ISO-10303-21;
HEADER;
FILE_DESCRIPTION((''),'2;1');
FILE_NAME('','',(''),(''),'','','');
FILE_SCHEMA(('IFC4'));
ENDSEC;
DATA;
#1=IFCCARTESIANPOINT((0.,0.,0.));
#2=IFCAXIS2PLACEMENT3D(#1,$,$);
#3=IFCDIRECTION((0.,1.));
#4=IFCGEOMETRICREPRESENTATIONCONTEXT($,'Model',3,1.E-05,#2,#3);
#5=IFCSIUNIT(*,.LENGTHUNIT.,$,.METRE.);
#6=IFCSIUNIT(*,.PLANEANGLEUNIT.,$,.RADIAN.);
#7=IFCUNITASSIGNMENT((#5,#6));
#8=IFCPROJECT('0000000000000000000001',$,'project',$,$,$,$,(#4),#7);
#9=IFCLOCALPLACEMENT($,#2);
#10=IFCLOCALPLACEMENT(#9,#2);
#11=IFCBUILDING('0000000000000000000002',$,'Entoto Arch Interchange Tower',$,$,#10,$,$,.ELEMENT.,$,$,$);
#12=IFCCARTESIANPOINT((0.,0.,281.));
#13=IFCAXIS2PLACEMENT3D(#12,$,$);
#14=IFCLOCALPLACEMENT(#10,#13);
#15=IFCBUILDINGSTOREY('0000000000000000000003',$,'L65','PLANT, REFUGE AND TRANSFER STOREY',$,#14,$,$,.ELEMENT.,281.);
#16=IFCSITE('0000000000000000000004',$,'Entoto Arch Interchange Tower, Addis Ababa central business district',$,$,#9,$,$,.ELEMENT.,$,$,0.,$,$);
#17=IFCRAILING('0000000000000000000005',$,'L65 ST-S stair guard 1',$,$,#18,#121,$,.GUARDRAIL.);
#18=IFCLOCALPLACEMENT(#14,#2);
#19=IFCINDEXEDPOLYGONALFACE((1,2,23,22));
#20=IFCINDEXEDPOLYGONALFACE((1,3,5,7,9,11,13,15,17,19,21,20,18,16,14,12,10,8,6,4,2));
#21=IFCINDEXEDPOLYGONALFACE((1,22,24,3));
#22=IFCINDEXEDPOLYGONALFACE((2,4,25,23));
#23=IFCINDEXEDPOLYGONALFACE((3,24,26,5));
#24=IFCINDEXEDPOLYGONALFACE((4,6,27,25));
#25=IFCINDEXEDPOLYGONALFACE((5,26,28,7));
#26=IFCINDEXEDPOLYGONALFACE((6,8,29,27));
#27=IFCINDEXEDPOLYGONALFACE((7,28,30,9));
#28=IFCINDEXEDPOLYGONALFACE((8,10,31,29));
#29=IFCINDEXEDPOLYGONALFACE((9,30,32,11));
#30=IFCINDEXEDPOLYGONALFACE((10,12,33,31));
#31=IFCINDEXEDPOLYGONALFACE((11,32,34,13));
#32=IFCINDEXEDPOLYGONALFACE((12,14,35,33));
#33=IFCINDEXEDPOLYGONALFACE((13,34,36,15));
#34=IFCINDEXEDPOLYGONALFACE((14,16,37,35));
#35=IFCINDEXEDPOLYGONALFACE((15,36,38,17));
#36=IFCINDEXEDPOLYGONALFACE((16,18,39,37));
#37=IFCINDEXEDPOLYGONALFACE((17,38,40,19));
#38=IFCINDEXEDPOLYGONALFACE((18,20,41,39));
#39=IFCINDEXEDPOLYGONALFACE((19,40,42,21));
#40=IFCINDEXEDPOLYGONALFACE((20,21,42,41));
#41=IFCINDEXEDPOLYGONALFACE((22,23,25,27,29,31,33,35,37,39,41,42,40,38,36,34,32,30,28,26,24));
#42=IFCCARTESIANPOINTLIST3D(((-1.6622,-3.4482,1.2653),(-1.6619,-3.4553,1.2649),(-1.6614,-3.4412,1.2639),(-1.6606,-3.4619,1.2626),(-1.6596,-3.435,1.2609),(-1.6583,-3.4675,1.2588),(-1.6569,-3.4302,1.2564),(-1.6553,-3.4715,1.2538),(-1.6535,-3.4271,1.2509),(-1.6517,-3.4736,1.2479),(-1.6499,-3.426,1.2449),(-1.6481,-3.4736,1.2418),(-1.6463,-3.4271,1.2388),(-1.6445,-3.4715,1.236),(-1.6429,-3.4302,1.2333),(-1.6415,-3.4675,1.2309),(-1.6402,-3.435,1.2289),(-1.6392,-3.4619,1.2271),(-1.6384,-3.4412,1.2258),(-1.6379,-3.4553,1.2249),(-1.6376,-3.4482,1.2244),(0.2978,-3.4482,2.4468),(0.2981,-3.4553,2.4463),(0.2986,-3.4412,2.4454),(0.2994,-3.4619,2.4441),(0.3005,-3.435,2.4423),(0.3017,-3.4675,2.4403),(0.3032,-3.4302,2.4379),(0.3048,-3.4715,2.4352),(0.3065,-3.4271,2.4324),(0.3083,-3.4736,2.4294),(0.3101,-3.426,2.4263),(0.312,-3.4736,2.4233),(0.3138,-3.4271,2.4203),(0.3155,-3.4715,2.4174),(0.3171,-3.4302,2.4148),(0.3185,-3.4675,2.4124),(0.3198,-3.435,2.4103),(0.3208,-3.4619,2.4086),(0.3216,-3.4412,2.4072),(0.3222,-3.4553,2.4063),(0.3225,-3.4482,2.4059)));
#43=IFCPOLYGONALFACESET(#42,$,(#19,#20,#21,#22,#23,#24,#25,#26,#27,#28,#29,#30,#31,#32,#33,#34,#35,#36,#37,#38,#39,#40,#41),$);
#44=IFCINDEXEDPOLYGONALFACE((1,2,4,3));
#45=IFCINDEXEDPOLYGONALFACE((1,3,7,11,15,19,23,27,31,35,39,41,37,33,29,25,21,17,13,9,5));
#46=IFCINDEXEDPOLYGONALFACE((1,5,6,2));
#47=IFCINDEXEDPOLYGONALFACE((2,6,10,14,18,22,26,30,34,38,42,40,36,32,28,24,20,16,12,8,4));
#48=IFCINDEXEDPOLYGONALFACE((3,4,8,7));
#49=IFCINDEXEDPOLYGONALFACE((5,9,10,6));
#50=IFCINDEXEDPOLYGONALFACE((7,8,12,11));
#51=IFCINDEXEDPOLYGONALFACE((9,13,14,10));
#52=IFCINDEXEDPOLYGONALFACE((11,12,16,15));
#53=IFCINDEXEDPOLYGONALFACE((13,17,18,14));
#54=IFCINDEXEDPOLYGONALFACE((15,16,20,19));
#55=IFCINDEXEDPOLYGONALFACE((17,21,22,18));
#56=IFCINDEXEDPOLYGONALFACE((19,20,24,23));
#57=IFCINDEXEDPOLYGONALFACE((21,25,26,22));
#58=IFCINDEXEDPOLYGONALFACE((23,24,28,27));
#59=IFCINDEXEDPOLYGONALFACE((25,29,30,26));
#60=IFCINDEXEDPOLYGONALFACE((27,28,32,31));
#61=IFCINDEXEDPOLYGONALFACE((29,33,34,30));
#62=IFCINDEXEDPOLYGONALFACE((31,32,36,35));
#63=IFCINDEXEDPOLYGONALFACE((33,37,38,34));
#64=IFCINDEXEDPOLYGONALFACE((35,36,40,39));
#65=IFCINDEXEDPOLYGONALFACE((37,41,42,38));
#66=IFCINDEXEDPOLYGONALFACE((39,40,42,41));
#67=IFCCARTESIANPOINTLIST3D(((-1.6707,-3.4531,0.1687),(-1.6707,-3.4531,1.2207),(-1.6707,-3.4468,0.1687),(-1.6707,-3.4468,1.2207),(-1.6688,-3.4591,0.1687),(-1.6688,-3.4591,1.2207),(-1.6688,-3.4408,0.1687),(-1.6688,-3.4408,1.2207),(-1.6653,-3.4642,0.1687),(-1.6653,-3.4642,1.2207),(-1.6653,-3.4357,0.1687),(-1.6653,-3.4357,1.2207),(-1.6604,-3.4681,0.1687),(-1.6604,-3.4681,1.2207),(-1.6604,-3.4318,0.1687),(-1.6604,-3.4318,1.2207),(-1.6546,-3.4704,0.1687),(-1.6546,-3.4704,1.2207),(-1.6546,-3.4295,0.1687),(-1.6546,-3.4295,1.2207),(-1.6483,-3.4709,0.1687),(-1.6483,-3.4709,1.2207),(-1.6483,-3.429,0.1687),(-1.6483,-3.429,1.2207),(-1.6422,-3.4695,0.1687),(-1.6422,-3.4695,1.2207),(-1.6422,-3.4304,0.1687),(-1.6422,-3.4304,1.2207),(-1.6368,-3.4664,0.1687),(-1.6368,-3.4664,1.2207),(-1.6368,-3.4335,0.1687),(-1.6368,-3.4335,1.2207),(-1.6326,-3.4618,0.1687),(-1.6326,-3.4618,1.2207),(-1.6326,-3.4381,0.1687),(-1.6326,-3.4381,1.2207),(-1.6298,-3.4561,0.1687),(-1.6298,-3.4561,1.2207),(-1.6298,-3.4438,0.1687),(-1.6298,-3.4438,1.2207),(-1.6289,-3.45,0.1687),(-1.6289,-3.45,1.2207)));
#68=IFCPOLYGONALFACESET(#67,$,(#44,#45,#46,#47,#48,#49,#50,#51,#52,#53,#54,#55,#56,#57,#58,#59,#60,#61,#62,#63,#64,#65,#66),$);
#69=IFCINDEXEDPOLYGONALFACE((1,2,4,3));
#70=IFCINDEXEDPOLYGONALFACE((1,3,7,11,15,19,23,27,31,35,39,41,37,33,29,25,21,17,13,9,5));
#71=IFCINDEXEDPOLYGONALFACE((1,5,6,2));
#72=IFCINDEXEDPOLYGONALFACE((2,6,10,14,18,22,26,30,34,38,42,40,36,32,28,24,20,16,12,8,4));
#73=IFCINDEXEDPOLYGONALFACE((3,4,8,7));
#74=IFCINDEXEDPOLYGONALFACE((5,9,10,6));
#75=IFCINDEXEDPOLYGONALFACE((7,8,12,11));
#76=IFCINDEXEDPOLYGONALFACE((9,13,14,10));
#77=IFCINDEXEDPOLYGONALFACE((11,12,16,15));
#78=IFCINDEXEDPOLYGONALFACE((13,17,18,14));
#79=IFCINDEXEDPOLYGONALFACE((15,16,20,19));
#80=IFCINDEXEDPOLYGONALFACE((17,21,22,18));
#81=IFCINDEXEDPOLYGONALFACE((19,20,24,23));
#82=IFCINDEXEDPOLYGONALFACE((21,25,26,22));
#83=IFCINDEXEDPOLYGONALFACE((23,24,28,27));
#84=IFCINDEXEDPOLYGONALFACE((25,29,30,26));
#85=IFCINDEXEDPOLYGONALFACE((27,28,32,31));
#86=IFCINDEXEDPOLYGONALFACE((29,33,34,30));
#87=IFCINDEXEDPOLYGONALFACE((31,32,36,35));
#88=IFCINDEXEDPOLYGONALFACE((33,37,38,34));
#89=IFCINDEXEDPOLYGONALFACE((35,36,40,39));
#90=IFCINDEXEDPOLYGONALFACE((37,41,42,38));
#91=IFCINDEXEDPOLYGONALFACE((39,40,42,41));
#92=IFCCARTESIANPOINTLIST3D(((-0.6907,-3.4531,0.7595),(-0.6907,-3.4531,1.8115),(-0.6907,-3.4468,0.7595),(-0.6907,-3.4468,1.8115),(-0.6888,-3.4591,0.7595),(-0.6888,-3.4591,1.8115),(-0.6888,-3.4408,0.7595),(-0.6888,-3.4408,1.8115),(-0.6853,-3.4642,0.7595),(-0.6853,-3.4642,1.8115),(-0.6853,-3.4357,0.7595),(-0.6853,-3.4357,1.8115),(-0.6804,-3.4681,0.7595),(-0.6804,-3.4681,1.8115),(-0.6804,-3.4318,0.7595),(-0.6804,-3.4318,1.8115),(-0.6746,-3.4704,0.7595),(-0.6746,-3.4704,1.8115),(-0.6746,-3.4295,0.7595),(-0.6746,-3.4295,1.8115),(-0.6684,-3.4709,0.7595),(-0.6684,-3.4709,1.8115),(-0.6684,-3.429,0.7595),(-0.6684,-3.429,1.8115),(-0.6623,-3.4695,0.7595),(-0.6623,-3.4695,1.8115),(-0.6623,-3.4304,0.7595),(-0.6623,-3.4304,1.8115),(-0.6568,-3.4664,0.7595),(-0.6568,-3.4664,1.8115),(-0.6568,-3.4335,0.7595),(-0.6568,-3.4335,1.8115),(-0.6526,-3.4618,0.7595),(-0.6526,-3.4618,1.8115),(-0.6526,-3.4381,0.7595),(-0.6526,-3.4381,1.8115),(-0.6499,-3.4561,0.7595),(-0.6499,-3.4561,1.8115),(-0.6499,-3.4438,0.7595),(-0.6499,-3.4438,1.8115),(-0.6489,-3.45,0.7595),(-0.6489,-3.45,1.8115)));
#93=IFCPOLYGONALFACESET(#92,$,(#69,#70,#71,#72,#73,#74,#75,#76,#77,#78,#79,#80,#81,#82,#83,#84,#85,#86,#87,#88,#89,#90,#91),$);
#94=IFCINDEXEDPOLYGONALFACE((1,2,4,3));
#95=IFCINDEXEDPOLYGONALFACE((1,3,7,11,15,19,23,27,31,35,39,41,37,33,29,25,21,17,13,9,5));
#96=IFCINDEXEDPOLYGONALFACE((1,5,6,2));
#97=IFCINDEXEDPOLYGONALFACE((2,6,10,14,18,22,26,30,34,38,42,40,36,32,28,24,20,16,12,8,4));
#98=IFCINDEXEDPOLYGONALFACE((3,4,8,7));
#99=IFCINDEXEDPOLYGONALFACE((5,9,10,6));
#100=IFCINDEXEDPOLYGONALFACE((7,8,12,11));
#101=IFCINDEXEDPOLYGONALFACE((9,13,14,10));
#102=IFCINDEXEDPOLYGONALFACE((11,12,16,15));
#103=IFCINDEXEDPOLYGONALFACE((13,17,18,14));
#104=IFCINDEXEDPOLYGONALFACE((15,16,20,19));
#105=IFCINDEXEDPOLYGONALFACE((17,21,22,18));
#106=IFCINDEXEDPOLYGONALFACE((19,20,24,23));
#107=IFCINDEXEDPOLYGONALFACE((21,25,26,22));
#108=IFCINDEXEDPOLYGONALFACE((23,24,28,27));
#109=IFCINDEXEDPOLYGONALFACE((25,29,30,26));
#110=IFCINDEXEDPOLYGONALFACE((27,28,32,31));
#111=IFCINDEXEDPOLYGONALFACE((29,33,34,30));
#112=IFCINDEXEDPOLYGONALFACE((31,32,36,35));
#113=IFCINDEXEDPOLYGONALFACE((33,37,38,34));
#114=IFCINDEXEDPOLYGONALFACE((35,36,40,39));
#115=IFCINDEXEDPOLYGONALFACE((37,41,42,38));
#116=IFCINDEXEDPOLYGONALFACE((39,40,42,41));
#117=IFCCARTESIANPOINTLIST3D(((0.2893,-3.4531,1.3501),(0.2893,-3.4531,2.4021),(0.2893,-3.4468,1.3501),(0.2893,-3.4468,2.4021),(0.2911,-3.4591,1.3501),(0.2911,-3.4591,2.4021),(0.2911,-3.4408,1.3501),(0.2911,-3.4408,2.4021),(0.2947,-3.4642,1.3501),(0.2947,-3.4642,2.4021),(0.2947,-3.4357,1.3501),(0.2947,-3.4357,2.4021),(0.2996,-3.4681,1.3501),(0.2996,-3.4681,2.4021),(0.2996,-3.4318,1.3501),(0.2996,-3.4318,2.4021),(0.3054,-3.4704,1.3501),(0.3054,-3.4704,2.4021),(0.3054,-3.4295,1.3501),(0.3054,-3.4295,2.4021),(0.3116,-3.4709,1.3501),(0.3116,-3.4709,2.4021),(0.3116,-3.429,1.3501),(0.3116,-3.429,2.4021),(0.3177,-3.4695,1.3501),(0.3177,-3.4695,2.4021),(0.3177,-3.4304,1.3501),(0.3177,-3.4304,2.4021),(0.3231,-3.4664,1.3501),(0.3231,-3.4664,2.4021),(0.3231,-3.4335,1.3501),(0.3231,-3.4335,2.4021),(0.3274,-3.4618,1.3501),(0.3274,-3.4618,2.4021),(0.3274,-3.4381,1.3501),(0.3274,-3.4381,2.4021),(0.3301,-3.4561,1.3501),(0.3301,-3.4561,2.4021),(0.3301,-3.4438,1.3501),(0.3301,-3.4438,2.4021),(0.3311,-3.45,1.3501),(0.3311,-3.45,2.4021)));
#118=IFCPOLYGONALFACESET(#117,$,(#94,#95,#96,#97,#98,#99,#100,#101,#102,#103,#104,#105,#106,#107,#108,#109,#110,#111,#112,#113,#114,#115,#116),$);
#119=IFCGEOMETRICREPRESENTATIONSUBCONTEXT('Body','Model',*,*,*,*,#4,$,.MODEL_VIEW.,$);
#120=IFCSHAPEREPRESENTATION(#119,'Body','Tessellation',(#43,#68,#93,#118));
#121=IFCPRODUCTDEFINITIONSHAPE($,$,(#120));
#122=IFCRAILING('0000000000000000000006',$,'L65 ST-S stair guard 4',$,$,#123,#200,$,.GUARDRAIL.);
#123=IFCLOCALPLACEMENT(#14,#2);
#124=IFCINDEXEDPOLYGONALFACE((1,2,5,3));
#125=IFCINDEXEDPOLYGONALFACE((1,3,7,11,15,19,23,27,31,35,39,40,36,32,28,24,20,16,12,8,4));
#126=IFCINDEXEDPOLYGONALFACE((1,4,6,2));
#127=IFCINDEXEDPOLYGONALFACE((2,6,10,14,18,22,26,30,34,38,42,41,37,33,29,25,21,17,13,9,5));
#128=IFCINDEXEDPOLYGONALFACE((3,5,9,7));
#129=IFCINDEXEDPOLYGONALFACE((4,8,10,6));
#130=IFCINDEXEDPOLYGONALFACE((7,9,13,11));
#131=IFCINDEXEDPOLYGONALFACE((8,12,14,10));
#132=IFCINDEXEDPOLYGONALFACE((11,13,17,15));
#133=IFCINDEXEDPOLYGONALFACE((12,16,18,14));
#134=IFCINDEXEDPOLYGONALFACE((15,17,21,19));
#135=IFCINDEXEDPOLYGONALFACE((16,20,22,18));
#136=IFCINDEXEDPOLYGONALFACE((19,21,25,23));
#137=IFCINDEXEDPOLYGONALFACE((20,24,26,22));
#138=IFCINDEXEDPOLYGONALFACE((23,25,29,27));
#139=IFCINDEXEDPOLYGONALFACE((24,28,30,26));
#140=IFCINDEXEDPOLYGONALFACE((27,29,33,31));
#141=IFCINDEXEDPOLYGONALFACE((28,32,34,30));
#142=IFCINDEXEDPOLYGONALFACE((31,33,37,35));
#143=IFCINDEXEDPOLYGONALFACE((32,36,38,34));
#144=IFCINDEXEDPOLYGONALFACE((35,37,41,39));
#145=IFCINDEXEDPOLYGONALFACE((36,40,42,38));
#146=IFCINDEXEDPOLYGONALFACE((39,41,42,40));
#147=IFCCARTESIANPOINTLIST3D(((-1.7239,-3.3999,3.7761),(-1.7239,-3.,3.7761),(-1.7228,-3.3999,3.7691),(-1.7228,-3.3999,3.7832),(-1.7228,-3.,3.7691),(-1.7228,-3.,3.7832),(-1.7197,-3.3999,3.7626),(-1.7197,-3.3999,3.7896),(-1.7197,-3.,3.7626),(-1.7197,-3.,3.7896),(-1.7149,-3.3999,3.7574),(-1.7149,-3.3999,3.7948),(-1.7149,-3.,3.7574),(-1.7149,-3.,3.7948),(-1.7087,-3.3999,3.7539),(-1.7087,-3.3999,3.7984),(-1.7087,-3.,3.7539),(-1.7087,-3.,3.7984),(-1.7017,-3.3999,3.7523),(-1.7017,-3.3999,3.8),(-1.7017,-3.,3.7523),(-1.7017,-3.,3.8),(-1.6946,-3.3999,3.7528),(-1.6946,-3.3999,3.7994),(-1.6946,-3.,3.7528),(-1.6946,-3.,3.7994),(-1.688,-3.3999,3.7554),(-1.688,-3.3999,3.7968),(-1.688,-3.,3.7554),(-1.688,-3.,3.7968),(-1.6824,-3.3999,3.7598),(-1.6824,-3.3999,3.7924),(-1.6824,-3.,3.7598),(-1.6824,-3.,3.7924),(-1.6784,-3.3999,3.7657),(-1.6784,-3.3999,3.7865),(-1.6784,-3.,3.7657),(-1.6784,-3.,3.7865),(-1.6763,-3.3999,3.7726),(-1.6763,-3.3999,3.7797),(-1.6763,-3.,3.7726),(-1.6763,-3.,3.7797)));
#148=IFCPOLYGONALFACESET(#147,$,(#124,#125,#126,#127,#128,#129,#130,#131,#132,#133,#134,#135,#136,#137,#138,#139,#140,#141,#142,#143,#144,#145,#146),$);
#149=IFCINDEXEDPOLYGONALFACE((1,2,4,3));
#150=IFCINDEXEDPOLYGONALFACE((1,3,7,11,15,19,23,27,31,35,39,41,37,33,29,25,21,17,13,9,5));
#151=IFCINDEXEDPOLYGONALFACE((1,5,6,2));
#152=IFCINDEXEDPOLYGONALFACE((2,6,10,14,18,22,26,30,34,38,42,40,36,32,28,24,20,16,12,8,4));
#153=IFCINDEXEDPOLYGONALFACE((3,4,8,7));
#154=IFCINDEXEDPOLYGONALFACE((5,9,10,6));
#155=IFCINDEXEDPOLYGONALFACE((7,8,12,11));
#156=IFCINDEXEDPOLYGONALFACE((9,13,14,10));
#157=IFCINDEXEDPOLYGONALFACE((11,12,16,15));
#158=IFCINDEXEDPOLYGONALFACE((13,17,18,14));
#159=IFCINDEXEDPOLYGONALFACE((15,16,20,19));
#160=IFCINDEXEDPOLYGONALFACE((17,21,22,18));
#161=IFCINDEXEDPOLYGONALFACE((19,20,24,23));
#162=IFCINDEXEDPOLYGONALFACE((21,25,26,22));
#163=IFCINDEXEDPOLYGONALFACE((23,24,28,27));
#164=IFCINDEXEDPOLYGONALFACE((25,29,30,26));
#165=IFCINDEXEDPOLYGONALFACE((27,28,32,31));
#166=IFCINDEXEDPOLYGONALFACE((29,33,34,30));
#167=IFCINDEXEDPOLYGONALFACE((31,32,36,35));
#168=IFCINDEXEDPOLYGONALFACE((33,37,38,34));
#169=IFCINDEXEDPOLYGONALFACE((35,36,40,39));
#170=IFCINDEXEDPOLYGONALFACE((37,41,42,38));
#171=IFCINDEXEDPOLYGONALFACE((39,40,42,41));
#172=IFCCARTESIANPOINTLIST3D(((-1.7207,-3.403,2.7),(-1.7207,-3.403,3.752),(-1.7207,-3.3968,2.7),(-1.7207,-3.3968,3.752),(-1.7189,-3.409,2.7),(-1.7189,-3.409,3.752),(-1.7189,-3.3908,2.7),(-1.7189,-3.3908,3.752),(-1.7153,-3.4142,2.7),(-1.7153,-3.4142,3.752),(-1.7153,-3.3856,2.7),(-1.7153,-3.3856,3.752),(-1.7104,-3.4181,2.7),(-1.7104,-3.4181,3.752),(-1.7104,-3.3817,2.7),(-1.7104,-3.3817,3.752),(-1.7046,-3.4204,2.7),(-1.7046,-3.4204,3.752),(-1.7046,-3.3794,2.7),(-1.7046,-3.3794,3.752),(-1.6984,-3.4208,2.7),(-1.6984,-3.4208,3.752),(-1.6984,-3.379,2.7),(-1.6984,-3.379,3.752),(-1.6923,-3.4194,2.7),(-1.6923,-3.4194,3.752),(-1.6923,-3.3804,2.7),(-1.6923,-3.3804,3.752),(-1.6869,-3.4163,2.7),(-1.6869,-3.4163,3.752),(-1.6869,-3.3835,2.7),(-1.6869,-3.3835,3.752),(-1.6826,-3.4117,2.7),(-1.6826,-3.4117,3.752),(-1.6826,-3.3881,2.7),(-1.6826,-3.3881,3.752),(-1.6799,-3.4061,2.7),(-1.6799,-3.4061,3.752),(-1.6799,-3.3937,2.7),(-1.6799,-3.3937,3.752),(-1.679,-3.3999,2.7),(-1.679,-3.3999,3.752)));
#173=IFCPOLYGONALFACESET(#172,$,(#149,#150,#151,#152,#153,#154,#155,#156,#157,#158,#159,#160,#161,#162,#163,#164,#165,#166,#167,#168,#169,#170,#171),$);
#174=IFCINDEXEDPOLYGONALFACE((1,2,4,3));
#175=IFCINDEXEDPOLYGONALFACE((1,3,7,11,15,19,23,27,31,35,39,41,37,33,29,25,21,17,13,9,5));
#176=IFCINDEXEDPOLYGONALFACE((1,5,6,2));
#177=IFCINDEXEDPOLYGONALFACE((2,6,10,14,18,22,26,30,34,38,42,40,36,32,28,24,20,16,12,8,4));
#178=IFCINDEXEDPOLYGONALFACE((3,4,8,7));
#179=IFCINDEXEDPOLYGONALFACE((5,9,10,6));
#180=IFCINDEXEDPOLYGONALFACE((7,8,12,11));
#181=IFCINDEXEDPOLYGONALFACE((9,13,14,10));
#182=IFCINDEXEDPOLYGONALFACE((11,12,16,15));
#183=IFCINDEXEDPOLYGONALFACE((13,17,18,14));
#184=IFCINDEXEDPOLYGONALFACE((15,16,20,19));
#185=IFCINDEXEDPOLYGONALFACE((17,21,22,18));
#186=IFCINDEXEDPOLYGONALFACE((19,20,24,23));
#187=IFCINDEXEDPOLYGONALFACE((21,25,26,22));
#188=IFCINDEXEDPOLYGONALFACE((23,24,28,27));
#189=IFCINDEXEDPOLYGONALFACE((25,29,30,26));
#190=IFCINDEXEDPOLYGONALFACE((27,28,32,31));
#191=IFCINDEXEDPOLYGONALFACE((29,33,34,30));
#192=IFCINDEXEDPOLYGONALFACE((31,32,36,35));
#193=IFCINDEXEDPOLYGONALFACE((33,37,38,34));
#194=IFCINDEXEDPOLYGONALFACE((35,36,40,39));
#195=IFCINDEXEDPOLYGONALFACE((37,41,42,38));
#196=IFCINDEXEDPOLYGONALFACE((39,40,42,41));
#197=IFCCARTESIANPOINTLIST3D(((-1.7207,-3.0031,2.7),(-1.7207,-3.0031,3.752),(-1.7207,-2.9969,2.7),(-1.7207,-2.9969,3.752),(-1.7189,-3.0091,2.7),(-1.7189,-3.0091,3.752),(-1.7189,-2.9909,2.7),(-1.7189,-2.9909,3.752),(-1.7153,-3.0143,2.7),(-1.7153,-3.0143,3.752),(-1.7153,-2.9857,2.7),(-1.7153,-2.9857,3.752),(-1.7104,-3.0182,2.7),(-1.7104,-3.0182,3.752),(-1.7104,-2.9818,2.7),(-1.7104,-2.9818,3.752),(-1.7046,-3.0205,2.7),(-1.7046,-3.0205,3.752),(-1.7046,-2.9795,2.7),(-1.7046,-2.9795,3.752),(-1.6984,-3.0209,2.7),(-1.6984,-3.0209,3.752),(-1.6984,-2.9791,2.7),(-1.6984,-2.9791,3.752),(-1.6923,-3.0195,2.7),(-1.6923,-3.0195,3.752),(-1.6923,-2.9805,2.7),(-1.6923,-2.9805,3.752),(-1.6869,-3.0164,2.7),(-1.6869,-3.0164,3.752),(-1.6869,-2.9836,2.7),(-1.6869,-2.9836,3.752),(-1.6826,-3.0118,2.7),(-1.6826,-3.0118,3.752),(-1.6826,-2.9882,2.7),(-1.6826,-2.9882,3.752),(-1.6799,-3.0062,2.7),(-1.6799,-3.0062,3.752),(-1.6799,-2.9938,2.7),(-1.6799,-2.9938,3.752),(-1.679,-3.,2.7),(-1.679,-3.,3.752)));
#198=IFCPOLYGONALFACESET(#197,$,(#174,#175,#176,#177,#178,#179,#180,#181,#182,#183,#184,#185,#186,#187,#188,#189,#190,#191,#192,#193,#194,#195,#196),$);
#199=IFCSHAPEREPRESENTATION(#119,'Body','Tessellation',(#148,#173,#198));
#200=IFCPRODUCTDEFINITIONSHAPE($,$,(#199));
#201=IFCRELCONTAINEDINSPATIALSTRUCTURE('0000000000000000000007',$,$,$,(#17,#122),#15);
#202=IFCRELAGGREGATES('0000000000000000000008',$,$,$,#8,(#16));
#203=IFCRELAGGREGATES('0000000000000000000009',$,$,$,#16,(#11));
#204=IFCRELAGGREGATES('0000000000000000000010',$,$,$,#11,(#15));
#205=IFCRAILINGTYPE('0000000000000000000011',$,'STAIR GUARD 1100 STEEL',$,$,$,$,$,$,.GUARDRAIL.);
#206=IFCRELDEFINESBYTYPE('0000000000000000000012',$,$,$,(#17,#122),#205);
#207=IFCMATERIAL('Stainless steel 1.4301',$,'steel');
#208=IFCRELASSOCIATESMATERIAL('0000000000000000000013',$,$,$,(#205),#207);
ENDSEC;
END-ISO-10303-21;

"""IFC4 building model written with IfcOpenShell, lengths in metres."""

from ifc_helpers import new_model, si_unit, direction, frame, origin, origin_2d, place, context, subcontext, project, spatial, circle, extrude, material, type_object, element, save


model = new_model("IFC4")

# Units and contexts
model_context = context("Model", 3, precision=1e-05, world=origin(), true_north=direction((0.0, 1.0)))
body_context = subcontext(model_context, "Body", "Model", "MODEL_VIEW")
ifc_project = project(units=[si_unit("LENGTHUNIT", "METRE"), si_unit("PLANEANGLEUNIT", "RADIAN")], contexts=[model_context])

# Site, building, storey
site_placement = place(None, origin())
site = spatial("IfcSite", under=ifc_project, at=site_placement, Name="Entoto Arch Interchange Tower, Addis Ababa central business district", CompositionType="ELEMENT", RefElevation=0.0)
building_placement = place(site_placement, origin())
building = spatial("IfcBuilding", under=site, at=building_placement, Name="Entoto Arch Interchange Tower", CompositionType="ELEMENT")
storey_placement = place(building_placement, frame((0.0, 0.0, 281.0)))
storey = spatial("IfcBuildingStorey", under=building, at=storey_placement, Name="L65", Description="PLANT, REFUGE AND TRANSFER STOREY", CompositionType="ELEMENT", Elevation=281.0)

# Railings
ifc_material_1 = material(Name="Stainless steel 1.4301", Category="steel")
railing_type_1 = type_object("IfcRailingType", Name="STAIR GUARD 1100 STEEL", PredefinedType="GUARDRAIL", material=ifc_material_1)
railing_1_placement = place(storey_placement, frame((-1.6499, -3.45, 0.1687)))
element("IfcRailing", 1, at=railing_1_placement, inside=storey, type_object=railing_type_1, Name="L65 ST-S stair guard 1", PredefinedType="GUARDRAIL", context=body_context, shape_type="SweptSolid", body=[
    extrude(circle(Radius=0.0239, at=origin_2d()), frame((0.0, 0.0, 1.0762), z_axis=(0.856446, 0.0, 0.516236), x_axis=(0.0, 1.0, 0.0)), (0.0, 0.0, 1.0), 2.2886),
    extrude(circle(Radius=0.021, at=origin_2d()), origin(), (0.0, 0.0, 1.0), 1.052),
    extrude(circle(Radius=0.021, at=origin_2d()), frame((0.98, 0.0, 0.5908)), (0.0, 0.0, 1.0), 1.052),
    extrude(circle(Radius=0.021, at=origin_2d()), frame((1.96, 0.0, 1.1814)), (0.0, 0.0, 1.0), 1.052),
])
railing_2_placement = place(storey_placement, frame((-1.7, -3.3999, 2.7)))
element("IfcRailing", 2, at=railing_2_placement, inside=storey, type_object=railing_type_1, Name="L65 ST-S stair guard 4", PredefinedType="GUARDRAIL", context=body_context, shape_type="SweptSolid", body=[
    extrude(circle(Radius=0.0239, at=origin_2d()), frame((0.0, 0.0, 1.0762), z_axis=(0.0, 1.0, 0.0), x_axis=(-1.0, 0.0, 0.0)), (0.0, 0.0, 1.0), 0.3999),
    extrude(circle(Radius=0.021, at=origin_2d()), origin(), (0.0, 0.0, 1.0), 1.052),
    extrude(circle(Radius=0.021, at=origin_2d()), frame((0.0, 0.3999, 0.0)), (0.0, 0.0, 1.0), 1.052),
])

save(model, "model.ifc")
